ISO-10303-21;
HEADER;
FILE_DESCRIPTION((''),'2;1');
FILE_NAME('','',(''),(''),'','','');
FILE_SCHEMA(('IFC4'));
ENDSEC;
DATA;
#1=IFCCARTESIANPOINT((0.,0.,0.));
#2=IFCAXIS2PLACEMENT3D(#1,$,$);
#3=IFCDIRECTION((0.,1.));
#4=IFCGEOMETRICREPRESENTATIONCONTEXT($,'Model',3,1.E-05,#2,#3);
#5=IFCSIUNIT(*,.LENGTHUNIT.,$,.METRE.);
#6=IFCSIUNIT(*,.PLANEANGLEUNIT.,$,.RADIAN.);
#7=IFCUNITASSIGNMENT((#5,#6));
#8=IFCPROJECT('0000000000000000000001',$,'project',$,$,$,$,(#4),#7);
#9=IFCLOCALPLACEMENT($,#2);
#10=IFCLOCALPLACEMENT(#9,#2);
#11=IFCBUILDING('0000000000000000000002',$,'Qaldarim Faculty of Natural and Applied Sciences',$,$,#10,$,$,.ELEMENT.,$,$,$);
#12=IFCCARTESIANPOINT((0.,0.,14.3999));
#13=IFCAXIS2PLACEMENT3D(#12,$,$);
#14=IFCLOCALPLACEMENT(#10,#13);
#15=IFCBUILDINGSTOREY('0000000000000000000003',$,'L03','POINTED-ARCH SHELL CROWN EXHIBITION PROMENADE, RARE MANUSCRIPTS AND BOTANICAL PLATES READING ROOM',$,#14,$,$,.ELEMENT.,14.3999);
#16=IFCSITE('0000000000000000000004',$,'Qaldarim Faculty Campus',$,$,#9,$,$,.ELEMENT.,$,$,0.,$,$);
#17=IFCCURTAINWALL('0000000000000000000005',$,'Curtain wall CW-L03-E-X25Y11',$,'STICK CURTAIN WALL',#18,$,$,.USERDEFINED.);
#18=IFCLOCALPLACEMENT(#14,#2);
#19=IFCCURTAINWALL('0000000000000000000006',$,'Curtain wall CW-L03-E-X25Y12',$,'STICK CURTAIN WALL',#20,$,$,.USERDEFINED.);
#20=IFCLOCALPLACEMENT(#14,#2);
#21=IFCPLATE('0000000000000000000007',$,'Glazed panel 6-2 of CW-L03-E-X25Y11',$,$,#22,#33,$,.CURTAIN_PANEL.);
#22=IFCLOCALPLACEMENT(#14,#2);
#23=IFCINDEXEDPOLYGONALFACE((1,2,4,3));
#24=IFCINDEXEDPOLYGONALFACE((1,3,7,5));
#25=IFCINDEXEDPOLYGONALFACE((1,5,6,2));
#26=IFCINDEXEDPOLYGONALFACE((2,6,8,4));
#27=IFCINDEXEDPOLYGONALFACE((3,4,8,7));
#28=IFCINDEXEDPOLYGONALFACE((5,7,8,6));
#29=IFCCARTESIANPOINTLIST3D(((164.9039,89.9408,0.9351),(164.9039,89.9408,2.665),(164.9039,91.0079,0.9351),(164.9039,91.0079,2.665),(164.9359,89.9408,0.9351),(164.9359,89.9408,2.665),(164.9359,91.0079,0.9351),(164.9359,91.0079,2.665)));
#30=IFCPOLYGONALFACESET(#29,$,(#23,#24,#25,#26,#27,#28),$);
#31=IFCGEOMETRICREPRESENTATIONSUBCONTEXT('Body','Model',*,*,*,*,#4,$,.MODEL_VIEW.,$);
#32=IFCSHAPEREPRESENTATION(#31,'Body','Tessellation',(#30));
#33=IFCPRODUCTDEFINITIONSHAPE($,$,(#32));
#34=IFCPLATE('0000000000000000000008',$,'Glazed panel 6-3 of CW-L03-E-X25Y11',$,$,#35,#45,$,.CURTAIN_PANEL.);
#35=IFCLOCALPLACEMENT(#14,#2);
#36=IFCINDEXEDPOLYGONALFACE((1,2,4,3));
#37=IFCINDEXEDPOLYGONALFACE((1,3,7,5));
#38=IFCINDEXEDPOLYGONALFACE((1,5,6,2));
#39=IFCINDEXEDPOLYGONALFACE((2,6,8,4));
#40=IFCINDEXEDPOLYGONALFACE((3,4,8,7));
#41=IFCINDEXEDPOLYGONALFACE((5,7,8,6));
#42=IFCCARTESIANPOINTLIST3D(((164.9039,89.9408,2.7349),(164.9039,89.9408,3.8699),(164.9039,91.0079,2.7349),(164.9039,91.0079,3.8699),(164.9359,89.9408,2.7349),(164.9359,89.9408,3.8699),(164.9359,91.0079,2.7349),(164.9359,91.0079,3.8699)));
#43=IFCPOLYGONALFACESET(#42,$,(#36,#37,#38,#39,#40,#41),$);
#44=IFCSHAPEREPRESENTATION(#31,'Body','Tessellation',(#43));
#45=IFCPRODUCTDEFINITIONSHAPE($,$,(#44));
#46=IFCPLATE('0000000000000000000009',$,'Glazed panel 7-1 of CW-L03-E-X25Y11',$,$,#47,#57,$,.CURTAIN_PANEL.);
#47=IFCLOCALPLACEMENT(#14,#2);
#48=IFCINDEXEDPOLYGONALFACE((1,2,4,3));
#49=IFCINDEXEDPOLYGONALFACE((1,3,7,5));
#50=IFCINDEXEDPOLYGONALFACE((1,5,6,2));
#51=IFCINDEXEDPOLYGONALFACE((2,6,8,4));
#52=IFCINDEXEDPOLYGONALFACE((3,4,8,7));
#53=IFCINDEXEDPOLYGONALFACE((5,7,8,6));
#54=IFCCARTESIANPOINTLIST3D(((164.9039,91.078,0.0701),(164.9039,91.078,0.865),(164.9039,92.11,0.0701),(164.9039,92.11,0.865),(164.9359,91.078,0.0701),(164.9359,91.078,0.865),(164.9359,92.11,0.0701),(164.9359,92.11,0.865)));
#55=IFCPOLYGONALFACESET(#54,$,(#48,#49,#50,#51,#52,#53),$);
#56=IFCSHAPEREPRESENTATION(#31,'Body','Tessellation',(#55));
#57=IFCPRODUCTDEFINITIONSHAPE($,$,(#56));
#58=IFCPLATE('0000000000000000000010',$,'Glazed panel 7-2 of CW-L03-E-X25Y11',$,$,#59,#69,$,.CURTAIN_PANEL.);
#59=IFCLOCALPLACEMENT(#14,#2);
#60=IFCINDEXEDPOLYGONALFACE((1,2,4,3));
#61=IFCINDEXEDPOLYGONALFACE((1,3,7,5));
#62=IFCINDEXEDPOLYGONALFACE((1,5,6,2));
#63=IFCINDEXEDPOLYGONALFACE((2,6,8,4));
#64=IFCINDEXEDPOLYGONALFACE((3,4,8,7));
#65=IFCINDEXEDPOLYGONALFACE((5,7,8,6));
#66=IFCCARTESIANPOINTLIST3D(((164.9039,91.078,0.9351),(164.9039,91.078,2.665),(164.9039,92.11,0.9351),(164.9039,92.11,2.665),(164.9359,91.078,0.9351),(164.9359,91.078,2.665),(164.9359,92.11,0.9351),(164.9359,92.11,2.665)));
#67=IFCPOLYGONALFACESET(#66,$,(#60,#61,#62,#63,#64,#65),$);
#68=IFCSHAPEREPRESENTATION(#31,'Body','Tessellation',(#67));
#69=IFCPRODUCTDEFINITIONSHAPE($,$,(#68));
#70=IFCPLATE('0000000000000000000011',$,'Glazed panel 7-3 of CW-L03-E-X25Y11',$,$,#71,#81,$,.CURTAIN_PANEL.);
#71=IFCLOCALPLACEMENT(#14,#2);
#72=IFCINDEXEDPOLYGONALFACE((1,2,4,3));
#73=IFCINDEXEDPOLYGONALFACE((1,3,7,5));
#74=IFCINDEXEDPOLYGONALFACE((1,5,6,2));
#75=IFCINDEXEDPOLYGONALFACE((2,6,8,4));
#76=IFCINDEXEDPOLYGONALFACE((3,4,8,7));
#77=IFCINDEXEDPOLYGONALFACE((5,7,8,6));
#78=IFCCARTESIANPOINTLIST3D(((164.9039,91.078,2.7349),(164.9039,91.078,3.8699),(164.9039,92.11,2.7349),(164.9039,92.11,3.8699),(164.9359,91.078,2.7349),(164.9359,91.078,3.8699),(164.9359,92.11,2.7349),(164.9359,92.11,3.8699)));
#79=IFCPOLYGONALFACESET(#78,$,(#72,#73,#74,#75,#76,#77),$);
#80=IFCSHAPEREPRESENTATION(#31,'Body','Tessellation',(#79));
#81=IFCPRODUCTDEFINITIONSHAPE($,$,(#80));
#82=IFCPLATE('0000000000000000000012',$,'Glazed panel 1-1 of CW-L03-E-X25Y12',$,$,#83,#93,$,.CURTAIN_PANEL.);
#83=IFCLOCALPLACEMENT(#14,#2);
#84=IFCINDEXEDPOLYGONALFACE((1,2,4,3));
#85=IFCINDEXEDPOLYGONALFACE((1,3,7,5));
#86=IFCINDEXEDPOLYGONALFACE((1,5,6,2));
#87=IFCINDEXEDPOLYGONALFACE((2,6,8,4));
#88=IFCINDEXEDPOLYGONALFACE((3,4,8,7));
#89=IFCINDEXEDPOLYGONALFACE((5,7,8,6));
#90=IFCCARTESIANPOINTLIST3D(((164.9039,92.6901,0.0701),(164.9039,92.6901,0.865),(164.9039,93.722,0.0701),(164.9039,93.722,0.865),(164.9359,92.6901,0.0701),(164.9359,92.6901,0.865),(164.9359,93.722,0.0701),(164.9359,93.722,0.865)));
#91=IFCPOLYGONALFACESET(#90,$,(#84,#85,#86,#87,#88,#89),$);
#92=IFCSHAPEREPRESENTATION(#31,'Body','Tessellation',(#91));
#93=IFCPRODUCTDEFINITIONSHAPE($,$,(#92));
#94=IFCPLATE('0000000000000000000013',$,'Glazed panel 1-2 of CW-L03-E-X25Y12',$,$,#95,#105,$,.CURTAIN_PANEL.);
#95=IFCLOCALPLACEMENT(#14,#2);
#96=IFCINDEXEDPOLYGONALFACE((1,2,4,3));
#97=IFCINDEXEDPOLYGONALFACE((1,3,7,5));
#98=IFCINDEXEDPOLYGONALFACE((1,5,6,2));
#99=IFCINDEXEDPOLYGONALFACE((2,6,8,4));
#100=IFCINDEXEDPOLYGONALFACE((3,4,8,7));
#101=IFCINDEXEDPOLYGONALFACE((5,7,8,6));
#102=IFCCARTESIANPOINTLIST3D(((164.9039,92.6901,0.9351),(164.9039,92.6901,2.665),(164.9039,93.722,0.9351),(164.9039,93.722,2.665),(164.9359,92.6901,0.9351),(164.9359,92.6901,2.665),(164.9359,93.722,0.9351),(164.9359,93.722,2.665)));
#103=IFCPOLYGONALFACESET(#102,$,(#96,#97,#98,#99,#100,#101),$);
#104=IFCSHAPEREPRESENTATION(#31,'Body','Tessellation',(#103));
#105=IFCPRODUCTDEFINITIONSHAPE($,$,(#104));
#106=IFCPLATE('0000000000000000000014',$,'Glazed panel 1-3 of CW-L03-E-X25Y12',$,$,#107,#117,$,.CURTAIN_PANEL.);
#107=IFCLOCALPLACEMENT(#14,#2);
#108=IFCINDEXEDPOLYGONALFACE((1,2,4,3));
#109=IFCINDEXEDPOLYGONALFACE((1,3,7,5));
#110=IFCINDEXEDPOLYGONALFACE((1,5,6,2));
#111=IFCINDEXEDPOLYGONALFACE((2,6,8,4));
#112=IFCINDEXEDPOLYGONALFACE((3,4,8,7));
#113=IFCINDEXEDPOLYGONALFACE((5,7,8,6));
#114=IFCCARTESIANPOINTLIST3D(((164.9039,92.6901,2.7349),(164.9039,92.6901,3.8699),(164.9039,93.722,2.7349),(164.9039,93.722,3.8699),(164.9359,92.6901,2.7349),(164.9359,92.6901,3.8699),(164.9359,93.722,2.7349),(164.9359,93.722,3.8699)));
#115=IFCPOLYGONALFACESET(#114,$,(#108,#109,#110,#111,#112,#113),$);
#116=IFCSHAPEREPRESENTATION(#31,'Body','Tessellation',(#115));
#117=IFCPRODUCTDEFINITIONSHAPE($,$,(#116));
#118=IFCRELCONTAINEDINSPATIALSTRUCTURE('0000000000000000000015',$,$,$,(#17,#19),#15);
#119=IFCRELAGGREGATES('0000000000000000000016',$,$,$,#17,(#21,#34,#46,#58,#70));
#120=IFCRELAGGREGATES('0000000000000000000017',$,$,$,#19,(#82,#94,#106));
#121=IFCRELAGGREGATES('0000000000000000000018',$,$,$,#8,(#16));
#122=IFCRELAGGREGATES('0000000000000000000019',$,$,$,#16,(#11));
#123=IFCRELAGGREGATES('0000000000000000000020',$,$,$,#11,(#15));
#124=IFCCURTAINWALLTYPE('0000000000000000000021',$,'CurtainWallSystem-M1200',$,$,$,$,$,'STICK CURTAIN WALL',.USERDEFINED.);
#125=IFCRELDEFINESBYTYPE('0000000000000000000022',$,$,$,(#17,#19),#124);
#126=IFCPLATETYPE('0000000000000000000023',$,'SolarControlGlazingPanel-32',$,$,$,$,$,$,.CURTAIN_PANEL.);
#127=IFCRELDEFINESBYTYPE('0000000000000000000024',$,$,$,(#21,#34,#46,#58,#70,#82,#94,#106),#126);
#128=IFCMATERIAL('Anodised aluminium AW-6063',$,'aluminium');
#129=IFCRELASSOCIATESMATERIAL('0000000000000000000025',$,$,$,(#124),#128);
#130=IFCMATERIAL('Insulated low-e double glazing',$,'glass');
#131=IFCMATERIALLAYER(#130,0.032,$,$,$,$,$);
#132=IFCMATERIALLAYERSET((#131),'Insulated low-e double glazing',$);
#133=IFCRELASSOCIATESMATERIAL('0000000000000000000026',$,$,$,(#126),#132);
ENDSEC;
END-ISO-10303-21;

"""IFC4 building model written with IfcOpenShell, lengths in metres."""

from ifc_helpers import new_model, si_unit, direction, frame, origin, origin_2d, place, context, subcontext, project, spatial, rectangle, extrude, material, layer, layer_set, type_object, element, aggregate, save


model = new_model("IFC4")

# Units and contexts
model_context = context("Model", 3, precision=1e-05, world=origin(), true_north=direction((0.0, 1.0)))
body_context = subcontext(model_context, "Body", "Model", "MODEL_VIEW")
ifc_project = project(units=[si_unit("LENGTHUNIT", "METRE"), si_unit("PLANEANGLEUNIT", "RADIAN")], contexts=[model_context])

# Site, building, storey
site_placement = place(None, origin())
site = spatial("IfcSite", under=ifc_project, at=site_placement, Name="Qaldarim Faculty Campus", CompositionType="ELEMENT", RefElevation=0.0)
building_placement = place(site_placement, origin())
building = spatial("IfcBuilding", under=site, at=building_placement, Name="Qaldarim Faculty of Natural and Applied Sciences", CompositionType="ELEMENT")
storey_placement = place(building_placement, frame((0.0, 0.0, 14.3999)))
storey = spatial("IfcBuildingStorey", under=building, at=storey_placement, Name="L03", Description="POINTED-ARCH SHELL CROWN EXHIBITION PROMENADE, RARE MANUSCRIPTS AND BOTANICAL PLATES READING ROOM", CompositionType="ELEMENT", Elevation=14.3999)

# Curtain wall
ifc_material_1 = material(Name="Anodised aluminium AW-6063", Category="aluminium")
curtain_wall_type = type_object("IfcCurtainWallType", Name="CurtainWallSystem-M1200", ElementType="STICK CURTAIN WALL", PredefinedType="USERDEFINED", material=ifc_material_1)
curtain_wall_1_placement = place(storey_placement, origin())
curtain_wall_1 = element("IfcCurtainWall", 1, at=curtain_wall_1_placement, inside=storey, type_object=curtain_wall_type, Name="Curtain wall CW-L03-E-X25Y11", ObjectType="STICK CURTAIN WALL", PredefinedType="USERDEFINED")

# Curtain wall
curtain_wall_2_placement = place(storey_placement, origin())
curtain_wall_2 = element("IfcCurtainWall", 2, at=curtain_wall_2_placement, inside=storey, type_object=curtain_wall_type, Name="Curtain wall CW-L03-E-X25Y12", ObjectType="STICK CURTAIN WALL", PredefinedType="USERDEFINED")

# Plates
ifc_material_2 = material(Name="Insulated low-e double glazing", Category="glass")
ifc_layer = layer(ifc_material_2, 0.032)
ifc_layer_set = layer_set([ifc_layer], Name="Insulated low-e double glazing")
plate_type = type_object("IfcPlateType", Name="SolarControlGlazingPanel-32", PredefinedType="CURTAIN_PANEL", material=ifc_layer_set)
plate_1_placement = place(storey_placement, frame((164.9199, 90.4744, 0.9351), z_axis=(0.0, 0.0, 1.0), x_axis=(0.0, 1.0, 0.0)))
plate_1 = element("IfcPlate", 3, at=plate_1_placement, type_object=plate_type, Name="Glazed panel 6-2 of CW-L03-E-X25Y11", PredefinedType="CURTAIN_PANEL", context=body_context, shape_type="SweptSolid", body=[
    extrude(rectangle(XDim=1.0671, YDim=0.032, at=origin_2d()), origin(), (0.0, 0.0, 1.0), 1.73),
])
plate_2_placement = place(storey_placement, frame((164.9199, 90.4744, 2.7349), z_axis=(0.0, 0.0, 1.0), x_axis=(0.0, 1.0, 0.0)))
plate_2 = element("IfcPlate", 4, at=plate_2_placement, type_object=plate_type, Name="Glazed panel 6-3 of CW-L03-E-X25Y11", PredefinedType="CURTAIN_PANEL", context=body_context, shape_type="SweptSolid", body=[
    extrude(rectangle(XDim=1.0671, YDim=0.032, at=origin_2d()), origin(), (0.0, 0.0, 1.0), 1.135),
])
plate_3_placement = place(storey_placement, frame((164.9199, 91.594, 0.0701), z_axis=(0.0, 0.0, 1.0), x_axis=(0.0, 1.0, 0.0)))
plate_3 = element("IfcPlate", 5, at=plate_3_placement, type_object=plate_type, Name="Glazed panel 7-1 of CW-L03-E-X25Y11", PredefinedType="CURTAIN_PANEL", context=body_context, shape_type="SweptSolid", body=[
    extrude(rectangle(XDim=1.032, YDim=0.032, at=origin_2d()), origin(), (0.0, 0.0, 1.0), 0.7949),
])
plate_4_placement = place(storey_placement, frame((164.9199, 91.594, 0.9351), z_axis=(0.0, 0.0, 1.0), x_axis=(0.0, 1.0, 0.0)))
plate_4 = element("IfcPlate", 6, at=plate_4_placement, type_object=plate_type, Name="Glazed panel 7-2 of CW-L03-E-X25Y11", PredefinedType="CURTAIN_PANEL", context=body_context, shape_type="SweptSolid", body=[
    extrude(rectangle(XDim=1.032, YDim=0.032, at=origin_2d()), origin(), (0.0, 0.0, 1.0), 1.73),
])
plate_5_placement = place(storey_placement, frame((164.9199, 91.594, 2.7349), z_axis=(0.0, 0.0, 1.0), x_axis=(0.0, 1.0, 0.0)))
plate_5 = element("IfcPlate", 7, at=plate_5_placement, type_object=plate_type, Name="Glazed panel 7-3 of CW-L03-E-X25Y11", PredefinedType="CURTAIN_PANEL", context=body_context, shape_type="SweptSolid", body=[
    extrude(rectangle(XDim=1.032, YDim=0.032, at=origin_2d()), origin(), (0.0, 0.0, 1.0), 1.135),
])
aggregate(curtain_wall_1, [plate_1, plate_2, plate_3, plate_4, plate_5])
plate_6_placement = place(storey_placement, frame((164.9199, 93.2061, 0.0701), z_axis=(0.0, 0.0, 1.0), x_axis=(0.0, 1.0, 0.0)))
plate_6 = element("IfcPlate", 8, at=plate_6_placement, type_object=plate_type, Name="Glazed panel 1-1 of CW-L03-E-X25Y12", PredefinedType="CURTAIN_PANEL", context=body_context, shape_type="SweptSolid", body=[
    extrude(rectangle(XDim=1.032, YDim=0.032, at=origin_2d()), origin(), (0.0, 0.0, 1.0), 0.7949),
])
plate_7_placement = place(storey_placement, frame((164.9199, 93.2061, 0.9351), z_axis=(0.0, 0.0, 1.0), x_axis=(0.0, 1.0, 0.0)))
plate_7 = element("IfcPlate", 9, at=plate_7_placement, type_object=plate_type, Name="Glazed panel 1-2 of CW-L03-E-X25Y12", PredefinedType="CURTAIN_PANEL", context=body_context, shape_type="SweptSolid", body=[
    extrude(rectangle(XDim=1.032, YDim=0.032, at=origin_2d()), origin(), (0.0, 0.0, 1.0), 1.73),
])
plate_8_placement = place(storey_placement, frame((164.9199, 93.2061, 2.7349), z_axis=(0.0, 0.0, 1.0), x_axis=(0.0, 1.0, 0.0)))
plate_8 = element("IfcPlate", 10, at=plate_8_placement, type_object=plate_type, Name="Glazed panel 1-3 of CW-L03-E-X25Y12", PredefinedType="CURTAIN_PANEL", context=body_context, shape_type="SweptSolid", body=[
    extrude(rectangle(XDim=1.032, YDim=0.032, at=origin_2d()), origin(), (0.0, 0.0, 1.0), 1.135),
])
aggregate(curtain_wall_2, [plate_6, plate_7, plate_8])

save(model, "model.ifc")
